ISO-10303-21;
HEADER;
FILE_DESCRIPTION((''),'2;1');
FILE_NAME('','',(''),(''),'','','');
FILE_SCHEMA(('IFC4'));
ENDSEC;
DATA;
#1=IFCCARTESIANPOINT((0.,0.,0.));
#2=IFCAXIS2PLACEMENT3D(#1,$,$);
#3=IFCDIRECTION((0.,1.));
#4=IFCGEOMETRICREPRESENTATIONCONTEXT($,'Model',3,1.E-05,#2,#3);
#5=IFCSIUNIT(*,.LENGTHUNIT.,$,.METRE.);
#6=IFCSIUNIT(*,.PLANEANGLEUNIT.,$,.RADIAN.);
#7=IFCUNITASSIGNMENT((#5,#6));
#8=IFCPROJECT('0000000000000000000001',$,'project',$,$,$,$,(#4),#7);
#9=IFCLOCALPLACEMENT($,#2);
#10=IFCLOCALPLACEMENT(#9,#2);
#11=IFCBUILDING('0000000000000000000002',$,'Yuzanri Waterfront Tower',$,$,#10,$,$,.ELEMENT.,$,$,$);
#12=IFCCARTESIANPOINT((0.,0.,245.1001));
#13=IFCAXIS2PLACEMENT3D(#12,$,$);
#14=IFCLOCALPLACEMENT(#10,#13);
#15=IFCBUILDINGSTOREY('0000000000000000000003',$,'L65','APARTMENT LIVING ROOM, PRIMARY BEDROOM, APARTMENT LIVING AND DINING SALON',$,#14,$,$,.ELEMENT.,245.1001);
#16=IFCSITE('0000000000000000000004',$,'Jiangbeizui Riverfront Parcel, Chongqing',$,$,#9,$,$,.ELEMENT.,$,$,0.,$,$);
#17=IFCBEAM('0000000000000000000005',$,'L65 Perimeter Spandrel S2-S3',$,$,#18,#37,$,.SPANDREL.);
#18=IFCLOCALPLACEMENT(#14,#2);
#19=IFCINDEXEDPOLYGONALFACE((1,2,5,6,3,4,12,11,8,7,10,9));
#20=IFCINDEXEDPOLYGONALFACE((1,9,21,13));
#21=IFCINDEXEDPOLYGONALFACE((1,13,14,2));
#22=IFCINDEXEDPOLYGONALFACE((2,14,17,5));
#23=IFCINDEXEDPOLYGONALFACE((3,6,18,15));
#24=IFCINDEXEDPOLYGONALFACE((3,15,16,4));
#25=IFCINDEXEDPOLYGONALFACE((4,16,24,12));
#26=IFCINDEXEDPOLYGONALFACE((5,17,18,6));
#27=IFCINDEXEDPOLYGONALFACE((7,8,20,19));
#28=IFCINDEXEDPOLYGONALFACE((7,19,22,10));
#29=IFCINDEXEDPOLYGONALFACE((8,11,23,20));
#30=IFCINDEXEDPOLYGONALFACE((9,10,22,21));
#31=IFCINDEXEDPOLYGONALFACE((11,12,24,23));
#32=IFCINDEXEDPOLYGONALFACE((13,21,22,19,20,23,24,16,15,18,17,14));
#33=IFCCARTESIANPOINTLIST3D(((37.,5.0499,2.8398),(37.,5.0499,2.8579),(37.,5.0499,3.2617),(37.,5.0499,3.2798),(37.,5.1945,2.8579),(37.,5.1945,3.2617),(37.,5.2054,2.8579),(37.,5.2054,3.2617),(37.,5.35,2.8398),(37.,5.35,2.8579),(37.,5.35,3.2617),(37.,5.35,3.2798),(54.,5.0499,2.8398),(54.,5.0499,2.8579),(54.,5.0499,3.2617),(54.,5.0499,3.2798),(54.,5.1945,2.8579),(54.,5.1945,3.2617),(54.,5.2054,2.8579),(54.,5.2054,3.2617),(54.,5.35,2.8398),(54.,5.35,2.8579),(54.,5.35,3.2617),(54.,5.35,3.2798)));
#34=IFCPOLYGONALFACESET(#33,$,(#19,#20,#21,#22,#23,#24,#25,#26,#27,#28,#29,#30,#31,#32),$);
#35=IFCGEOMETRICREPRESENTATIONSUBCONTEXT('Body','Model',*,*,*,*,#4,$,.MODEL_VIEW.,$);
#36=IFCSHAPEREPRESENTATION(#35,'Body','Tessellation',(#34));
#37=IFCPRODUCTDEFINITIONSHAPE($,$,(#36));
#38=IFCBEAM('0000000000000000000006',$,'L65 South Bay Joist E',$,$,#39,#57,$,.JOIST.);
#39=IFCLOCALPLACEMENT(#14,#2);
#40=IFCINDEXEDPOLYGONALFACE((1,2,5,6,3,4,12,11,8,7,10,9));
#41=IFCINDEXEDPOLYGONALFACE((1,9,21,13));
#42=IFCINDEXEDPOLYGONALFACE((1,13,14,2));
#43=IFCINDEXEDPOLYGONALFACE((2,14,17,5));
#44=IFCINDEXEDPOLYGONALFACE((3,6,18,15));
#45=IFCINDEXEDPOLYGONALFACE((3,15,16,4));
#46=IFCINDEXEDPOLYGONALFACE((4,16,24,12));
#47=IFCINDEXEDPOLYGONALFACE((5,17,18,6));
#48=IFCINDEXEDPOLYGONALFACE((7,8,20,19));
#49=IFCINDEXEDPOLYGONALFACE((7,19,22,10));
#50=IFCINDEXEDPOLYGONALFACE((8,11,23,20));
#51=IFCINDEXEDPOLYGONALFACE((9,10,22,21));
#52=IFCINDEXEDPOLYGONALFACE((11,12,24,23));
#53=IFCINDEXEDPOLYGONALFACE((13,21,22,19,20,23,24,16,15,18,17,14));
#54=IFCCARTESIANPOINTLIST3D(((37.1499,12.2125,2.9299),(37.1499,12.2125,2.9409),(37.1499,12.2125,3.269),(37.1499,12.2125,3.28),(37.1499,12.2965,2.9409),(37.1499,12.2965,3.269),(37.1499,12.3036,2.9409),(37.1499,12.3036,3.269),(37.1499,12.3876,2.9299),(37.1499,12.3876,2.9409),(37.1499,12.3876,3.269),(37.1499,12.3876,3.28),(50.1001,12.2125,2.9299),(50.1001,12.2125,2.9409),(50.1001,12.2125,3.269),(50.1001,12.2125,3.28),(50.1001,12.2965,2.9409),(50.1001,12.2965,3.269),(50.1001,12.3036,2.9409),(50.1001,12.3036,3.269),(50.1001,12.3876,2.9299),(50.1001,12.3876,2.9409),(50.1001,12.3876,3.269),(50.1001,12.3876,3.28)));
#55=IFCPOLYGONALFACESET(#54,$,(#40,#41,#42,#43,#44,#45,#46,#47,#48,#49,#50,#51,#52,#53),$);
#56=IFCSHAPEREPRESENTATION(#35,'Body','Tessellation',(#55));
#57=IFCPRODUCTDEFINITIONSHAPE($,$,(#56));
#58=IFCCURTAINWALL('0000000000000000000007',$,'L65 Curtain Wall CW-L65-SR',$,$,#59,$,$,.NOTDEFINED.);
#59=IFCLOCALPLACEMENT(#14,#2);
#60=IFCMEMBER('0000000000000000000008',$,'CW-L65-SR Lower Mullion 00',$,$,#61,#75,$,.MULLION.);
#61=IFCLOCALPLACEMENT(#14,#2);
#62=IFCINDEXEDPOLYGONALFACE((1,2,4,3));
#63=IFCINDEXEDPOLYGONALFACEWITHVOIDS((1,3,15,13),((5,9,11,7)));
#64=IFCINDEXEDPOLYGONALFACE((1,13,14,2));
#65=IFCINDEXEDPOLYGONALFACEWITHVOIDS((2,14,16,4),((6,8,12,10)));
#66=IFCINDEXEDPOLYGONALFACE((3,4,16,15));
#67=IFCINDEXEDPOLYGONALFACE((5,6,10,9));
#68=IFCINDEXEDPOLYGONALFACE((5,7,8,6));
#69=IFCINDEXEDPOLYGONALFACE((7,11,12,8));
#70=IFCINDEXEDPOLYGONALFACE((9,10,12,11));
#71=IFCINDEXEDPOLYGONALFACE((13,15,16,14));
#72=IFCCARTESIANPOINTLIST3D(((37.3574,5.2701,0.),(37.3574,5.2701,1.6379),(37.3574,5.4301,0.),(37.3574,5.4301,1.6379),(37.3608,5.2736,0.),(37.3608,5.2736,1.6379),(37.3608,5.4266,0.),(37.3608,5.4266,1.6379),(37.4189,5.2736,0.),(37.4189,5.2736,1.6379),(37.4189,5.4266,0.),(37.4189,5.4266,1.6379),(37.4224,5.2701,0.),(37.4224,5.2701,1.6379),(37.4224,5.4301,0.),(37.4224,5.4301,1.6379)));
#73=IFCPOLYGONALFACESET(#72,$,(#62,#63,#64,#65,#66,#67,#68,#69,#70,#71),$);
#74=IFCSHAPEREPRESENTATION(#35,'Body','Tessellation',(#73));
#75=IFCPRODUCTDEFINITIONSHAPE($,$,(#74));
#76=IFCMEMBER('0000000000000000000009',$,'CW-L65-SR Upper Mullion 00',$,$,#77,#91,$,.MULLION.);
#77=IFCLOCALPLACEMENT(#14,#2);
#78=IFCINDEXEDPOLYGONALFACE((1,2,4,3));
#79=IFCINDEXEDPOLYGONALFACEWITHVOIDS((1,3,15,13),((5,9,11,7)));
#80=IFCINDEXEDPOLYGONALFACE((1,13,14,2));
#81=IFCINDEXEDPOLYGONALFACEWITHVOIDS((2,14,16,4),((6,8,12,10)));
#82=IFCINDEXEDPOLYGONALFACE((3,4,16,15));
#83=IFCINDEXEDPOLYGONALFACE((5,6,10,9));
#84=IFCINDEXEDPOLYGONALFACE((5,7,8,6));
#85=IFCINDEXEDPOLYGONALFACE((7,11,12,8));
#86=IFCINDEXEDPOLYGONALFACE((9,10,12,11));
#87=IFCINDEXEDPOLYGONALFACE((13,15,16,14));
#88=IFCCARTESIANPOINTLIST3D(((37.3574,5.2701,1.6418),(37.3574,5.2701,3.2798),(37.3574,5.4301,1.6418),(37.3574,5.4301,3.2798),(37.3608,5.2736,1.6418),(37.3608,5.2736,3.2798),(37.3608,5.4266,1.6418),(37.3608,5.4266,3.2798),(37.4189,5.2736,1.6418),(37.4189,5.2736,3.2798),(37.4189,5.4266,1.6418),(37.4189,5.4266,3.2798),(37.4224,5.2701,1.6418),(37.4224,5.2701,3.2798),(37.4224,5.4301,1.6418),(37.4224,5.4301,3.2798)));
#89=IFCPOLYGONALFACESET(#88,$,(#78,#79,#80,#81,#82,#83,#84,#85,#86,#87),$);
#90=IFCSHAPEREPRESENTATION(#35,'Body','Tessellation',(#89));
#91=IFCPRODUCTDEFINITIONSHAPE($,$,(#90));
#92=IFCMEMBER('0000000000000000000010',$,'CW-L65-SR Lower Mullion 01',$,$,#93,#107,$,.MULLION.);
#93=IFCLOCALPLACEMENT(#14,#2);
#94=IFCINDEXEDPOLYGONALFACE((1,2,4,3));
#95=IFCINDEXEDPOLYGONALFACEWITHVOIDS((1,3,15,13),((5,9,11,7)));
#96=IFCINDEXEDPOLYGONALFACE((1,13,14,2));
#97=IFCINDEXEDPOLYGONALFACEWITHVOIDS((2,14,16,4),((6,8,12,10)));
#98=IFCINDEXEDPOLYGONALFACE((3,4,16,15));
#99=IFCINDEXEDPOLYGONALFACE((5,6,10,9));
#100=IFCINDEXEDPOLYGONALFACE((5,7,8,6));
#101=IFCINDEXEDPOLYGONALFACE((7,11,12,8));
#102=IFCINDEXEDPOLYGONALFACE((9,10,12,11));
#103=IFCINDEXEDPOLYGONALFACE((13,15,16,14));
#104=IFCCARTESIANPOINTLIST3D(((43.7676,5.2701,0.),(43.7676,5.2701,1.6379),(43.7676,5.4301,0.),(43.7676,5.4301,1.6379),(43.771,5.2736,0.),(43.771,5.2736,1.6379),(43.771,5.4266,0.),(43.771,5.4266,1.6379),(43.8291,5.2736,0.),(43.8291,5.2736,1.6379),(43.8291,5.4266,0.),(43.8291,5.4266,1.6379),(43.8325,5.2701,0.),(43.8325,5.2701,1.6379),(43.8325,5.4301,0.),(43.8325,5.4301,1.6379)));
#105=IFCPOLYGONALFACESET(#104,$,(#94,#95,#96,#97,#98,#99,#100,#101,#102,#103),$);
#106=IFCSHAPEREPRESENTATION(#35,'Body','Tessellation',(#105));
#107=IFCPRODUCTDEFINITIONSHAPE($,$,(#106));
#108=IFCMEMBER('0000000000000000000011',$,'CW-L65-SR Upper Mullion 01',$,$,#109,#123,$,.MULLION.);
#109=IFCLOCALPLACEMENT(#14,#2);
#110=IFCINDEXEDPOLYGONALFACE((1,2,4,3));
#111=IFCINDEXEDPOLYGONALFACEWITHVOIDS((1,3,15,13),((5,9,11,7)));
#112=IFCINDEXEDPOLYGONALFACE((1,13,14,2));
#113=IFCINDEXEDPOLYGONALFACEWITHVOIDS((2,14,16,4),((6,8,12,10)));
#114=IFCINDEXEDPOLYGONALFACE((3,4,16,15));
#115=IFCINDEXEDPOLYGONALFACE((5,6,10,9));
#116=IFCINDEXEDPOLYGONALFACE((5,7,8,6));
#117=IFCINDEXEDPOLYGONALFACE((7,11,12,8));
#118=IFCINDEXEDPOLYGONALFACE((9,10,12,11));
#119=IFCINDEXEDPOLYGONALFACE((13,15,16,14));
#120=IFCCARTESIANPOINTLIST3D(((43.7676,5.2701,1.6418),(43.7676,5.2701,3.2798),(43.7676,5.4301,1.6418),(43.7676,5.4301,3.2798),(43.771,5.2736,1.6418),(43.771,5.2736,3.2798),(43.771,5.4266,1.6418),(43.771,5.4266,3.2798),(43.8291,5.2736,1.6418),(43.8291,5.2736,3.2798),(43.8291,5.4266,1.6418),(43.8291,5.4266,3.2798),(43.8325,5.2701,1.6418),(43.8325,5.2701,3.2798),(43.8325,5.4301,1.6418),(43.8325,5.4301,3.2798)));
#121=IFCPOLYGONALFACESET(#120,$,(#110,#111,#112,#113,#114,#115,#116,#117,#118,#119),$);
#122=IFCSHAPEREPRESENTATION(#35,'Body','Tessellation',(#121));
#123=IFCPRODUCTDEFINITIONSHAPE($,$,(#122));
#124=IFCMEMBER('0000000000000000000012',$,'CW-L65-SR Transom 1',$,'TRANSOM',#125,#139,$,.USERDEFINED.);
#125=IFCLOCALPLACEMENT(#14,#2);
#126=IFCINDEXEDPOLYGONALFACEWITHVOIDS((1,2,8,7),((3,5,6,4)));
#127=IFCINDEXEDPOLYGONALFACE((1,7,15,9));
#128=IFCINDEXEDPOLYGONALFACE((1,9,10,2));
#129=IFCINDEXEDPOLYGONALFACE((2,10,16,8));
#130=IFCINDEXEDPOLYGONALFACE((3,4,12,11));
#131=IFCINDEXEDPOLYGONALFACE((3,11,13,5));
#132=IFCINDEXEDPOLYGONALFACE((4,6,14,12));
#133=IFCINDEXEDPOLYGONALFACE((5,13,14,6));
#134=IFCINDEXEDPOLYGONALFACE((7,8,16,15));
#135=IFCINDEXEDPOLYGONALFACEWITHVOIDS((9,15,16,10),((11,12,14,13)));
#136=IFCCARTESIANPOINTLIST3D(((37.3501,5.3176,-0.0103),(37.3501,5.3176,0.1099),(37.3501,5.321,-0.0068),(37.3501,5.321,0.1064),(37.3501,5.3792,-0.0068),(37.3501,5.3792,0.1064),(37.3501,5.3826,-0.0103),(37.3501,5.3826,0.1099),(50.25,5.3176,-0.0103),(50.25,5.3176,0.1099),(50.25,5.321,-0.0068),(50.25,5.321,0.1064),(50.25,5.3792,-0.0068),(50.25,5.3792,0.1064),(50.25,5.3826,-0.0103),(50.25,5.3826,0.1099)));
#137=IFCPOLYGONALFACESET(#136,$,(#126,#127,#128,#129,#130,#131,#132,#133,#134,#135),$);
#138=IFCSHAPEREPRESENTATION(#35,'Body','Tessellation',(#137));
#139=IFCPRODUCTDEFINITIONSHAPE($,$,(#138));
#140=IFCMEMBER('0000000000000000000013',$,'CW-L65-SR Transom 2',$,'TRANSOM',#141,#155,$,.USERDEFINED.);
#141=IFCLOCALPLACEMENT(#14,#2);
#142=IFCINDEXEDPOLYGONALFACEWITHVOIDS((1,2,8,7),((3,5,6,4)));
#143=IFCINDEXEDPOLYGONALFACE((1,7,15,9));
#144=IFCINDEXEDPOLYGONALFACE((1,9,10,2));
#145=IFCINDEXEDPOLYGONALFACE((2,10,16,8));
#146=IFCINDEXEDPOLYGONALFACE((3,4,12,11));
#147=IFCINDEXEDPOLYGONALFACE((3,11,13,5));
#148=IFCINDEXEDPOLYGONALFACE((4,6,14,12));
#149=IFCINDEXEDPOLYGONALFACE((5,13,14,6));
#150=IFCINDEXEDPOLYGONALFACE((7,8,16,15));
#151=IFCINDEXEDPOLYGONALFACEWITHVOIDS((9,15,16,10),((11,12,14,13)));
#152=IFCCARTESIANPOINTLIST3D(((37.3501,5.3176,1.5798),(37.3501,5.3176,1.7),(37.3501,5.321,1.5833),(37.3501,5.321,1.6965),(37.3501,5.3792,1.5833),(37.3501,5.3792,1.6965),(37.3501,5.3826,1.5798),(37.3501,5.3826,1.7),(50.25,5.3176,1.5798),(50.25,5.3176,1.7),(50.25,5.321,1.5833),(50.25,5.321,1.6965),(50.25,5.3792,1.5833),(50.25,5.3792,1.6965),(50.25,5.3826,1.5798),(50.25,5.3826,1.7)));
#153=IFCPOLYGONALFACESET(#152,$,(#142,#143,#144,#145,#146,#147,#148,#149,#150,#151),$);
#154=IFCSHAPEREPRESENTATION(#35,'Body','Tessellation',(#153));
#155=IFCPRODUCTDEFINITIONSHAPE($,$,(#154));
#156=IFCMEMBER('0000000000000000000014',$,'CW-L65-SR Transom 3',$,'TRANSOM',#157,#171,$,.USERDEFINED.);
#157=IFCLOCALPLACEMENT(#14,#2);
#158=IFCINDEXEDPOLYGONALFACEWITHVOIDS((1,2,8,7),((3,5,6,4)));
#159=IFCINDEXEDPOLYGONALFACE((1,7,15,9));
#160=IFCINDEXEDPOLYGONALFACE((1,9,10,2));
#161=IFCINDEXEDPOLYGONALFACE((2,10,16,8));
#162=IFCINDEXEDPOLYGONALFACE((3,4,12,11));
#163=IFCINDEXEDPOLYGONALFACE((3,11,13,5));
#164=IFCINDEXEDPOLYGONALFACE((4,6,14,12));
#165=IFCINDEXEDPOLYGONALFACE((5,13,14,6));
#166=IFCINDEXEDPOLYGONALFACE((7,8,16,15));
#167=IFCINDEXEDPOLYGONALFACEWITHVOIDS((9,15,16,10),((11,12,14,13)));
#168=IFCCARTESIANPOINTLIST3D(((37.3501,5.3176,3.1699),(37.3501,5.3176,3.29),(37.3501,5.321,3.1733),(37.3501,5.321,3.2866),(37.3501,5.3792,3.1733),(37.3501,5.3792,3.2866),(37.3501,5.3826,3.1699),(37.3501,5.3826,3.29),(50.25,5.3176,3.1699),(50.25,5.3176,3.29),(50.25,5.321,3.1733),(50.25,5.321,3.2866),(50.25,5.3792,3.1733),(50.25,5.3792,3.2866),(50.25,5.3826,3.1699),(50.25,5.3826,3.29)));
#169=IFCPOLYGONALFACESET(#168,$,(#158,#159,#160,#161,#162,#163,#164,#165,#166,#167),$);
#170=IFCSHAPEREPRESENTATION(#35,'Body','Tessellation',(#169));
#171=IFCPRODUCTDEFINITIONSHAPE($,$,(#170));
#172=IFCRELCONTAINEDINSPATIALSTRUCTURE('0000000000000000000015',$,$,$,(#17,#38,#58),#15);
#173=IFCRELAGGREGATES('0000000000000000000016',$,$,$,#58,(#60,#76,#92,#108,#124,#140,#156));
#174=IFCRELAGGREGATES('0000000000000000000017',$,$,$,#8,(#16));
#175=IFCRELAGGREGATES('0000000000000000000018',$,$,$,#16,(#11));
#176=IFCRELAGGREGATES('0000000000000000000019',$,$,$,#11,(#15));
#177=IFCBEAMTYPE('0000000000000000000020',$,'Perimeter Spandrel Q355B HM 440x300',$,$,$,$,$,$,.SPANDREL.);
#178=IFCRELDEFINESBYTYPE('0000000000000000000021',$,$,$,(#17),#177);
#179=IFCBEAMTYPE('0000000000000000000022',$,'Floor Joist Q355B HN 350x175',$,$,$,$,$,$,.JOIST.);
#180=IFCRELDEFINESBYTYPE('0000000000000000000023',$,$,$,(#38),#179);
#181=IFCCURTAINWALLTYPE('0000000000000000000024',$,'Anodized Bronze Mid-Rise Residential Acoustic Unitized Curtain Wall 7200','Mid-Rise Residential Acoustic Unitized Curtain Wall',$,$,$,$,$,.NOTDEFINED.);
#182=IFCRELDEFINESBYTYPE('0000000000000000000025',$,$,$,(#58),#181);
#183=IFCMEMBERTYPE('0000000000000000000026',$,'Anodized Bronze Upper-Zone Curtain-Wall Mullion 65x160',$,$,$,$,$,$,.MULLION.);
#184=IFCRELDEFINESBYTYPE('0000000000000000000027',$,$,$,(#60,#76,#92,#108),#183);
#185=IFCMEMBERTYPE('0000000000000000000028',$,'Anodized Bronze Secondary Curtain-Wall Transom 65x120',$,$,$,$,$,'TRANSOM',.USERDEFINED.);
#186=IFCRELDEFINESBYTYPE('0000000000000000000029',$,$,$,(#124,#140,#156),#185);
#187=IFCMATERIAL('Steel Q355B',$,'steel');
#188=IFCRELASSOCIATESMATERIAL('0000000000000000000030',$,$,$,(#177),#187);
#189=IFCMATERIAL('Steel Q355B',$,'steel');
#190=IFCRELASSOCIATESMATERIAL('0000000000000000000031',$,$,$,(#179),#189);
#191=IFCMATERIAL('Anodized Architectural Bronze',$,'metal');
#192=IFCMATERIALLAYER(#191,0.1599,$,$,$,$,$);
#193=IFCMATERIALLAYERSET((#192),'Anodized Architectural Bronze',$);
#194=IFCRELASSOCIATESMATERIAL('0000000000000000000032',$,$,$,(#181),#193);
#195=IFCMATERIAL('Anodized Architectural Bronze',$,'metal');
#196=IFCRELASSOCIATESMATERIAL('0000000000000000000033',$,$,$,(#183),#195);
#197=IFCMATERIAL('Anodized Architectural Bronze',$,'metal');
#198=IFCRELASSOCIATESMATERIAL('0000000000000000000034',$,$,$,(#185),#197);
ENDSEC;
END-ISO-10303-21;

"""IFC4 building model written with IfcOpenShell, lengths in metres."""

from ifc_helpers import new_model, si_unit, direction, frame, origin, origin_2d, place, context, subcontext, project, spatial, hollow_rectangle, i_section, extrude, source, transform, mapped, material, layer, layer_set, material_profile, profile_set, type_object, element, aggregate, save


model = new_model("IFC4")

# Units and contexts
model_context = context("Model", 3, precision=1e-05, world=origin(), true_north=direction((0.0, 1.0)))
body_context = subcontext(model_context, "Body", "Model", "MODEL_VIEW")
ifc_project = project(units=[si_unit("LENGTHUNIT", "METRE"), si_unit("PLANEANGLEUNIT", "RADIAN")], contexts=[model_context])

# Site, building, storey
site_placement = place(None, origin())
site = spatial("IfcSite", under=ifc_project, at=site_placement, Name="Jiangbeizui Riverfront Parcel, Chongqing", CompositionType="ELEMENT", RefElevation=0.0)
building_placement = place(site_placement, origin())
building = spatial("IfcBuilding", under=site, at=building_placement, Name="Yuzanri Waterfront Tower", CompositionType="ELEMENT")
storey_placement = place(building_placement, frame((0.0, 0.0, 245.1001)))
storey = spatial("IfcBuildingStorey", under=building, at=storey_placement, Name="L65", Description="APARTMENT LIVING ROOM, PRIMARY BEDROOM, APARTMENT LIVING AND DINING SALON", CompositionType="ELEMENT", Elevation=245.1001)

# Beams
ifc_material_1 = material(Name="Steel Q355B", Category="steel")
ifc_material_profile_1 = material_profile(ifc_material_1, i_section(OverallWidth=0.3, OverallDepth=0.4399, WebThickness=0.011, FlangeThickness=0.0181, at=origin_2d()), Name="HM 440x300x11x18")
ifc_profile_set_1 = profile_set([ifc_material_profile_1], Name="Steel Q355B")
beam_type_1 = type_object("IfcBeamType", Name="Perimeter Spandrel Q355B HM 440x300", PredefinedType="SPANDREL", material=ifc_profile_set_1)
shared_shape_1 = source(origin(), body_context, "Body", "SweptSolid", [
    extrude(i_section(OverallWidth=0.3, OverallDepth=0.4399, WebThickness=0.011, FlangeThickness=0.0181, at=origin_2d()), origin(), (0.0, 0.0, 1.0), 17.0),
])
beam_1_placement = place(storey_placement, frame((37.0, 5.2, 3.0598), z_axis=(1.0, 0.0, 0.0), x_axis=(0.0, 1.0, 0.0)))
element("IfcBeam", 1, at=beam_1_placement, inside=storey, type_object=beam_type_1, Name="L65 Perimeter Spandrel S2-S3", PredefinedType="SPANDREL", context=body_context, shape_type="MappedRepresentation", body=[
    mapped(shared_shape_1, transform((0.0, 0.0, 0.0), scale=1.0)),
])
ifc_material_2 = material(Name="Steel Q355B", Category="steel")
ifc_material_profile_2 = material_profile(ifc_material_2, i_section(OverallWidth=0.175, OverallDepth=0.3501, WebThickness=0.0071, FlangeThickness=0.011, at=origin_2d()), Name="HN 350x175x7x11")
ifc_profile_set_2 = profile_set([ifc_material_profile_2], Name="Steel Q355B")
beam_type_2 = type_object("IfcBeamType", Name="Floor Joist Q355B HN 350x175", PredefinedType="JOIST", material=ifc_profile_set_2)
shared_shape_2 = source(origin(), body_context, "Body", "SweptSolid", [
    extrude(i_section(OverallWidth=0.175, OverallDepth=0.3501, WebThickness=0.0071, FlangeThickness=0.011, at=origin_2d()), origin(), (0.0, 0.0, 1.0), 12.9502),
])
beam_2_placement = place(storey_placement, frame((37.1499, 12.3, 3.105), z_axis=(1.0, 0.0, 0.0), x_axis=(0.0, 1.0, 0.0)))
element("IfcBeam", 2, at=beam_2_placement, inside=storey, type_object=beam_type_2, Name="L65 South Bay Joist E", PredefinedType="JOIST", context=body_context, shape_type="MappedRepresentation", body=[
    mapped(shared_shape_2, transform((0.0, 0.0, 0.0), scale=1.0)),
])

# Curtain wall, members
ifc_material_3 = material(Name="Anodized Architectural Bronze", Category="metal")
ifc_layer_1 = layer(ifc_material_3, 0.1599)
ifc_layer_set_1 = layer_set([ifc_layer_1], Name="Anodized Architectural Bronze")
curtain_wall_type = type_object("IfcCurtainWallType", Name="Anodized Bronze Mid-Rise Residential Acoustic Unitized Curtain Wall 7200", Description="Mid-Rise Residential Acoustic Unitized Curtain Wall", PredefinedType="NOTDEFINED", material=ifc_layer_set_1)
curtain_wall_placement = place(storey_placement, origin())
curtain_wall = element("IfcCurtainWall", 3, at=curtain_wall_placement, inside=storey, type_object=curtain_wall_type, Name="L65 Curtain Wall CW-L65-SR", PredefinedType="NOTDEFINED")
ifc_material_4 = material(Name="Anodized Architectural Bronze", Category="metal")
ifc_material_profile_3 = material_profile(ifc_material_4, hollow_rectangle(XDim=0.0649, YDim=0.1599, WallThickness=0.0034, at=origin_2d()), Name="CWM 65x160")
ifc_profile_set_3 = profile_set([ifc_material_profile_3], Name="Anodized Architectural Bronze")
member_type_1 = type_object("IfcMemberType", Name="Anodized Bronze Upper-Zone Curtain-Wall Mullion 65x160", PredefinedType="MULLION", material=ifc_profile_set_3)
shared_shape_3 = source(origin(), body_context, "Body", "SweptSolid", [
    extrude(hollow_rectangle(XDim=0.0649, YDim=0.1599, WallThickness=0.0034, at=origin_2d()), origin(), (0.0, 0.0, 1.0), 1.6379),
])
member_1_placement = place(storey_placement, frame((37.3899, 5.3501, 0.0), z_axis=(0.0, 0.0, 1.0), x_axis=(1.0, 0.0, 0.0)))
member_1 = element("IfcMember", 4, at=member_1_placement, type_object=member_type_1, Name="CW-L65-SR Lower Mullion 00", PredefinedType="MULLION", context=body_context, shape_type="MappedRepresentation", body=[
    mapped(shared_shape_3, transform((0.0, 0.0, 0.0), scale=1.0)),
])
member_2_placement = place(storey_placement, frame((37.3899, 5.3501, 1.6418), z_axis=(0.0, 0.0, 1.0), x_axis=(1.0, 0.0, 0.0)))
member_2 = element("IfcMember", 5, at=member_2_placement, type_object=member_type_1, Name="CW-L65-SR Upper Mullion 00", PredefinedType="MULLION", context=body_context, shape_type="MappedRepresentation", body=[
    mapped(shared_shape_3, transform((0.0, 0.0, 0.0), scale=1.0)),
])
member_3_placement = place(storey_placement, frame((43.8, 5.3501, 0.0), z_axis=(0.0, 0.0, 1.0), x_axis=(1.0, 0.0, 0.0)))
member_3 = element("IfcMember", 6, at=member_3_placement, type_object=member_type_1, Name="CW-L65-SR Lower Mullion 01", PredefinedType="MULLION", context=body_context, shape_type="MappedRepresentation", body=[
    mapped(shared_shape_3, transform((0.0, 0.0, 0.0), scale=1.0)),
])
member_4_placement = place(storey_placement, frame((43.8, 5.3501, 1.6418), z_axis=(0.0, 0.0, 1.0), x_axis=(1.0, 0.0, 0.0)))
member_4 = element("IfcMember", 7, at=member_4_placement, type_object=member_type_1, Name="CW-L65-SR Upper Mullion 01", PredefinedType="MULLION", context=body_context, shape_type="MappedRepresentation", body=[
    mapped(shared_shape_3, transform((0.0, 0.0, 0.0), scale=1.0)),
])
ifc_material_5 = material(Name="Anodized Architectural Bronze", Category="metal")
ifc_material_profile_4 = material_profile(ifc_material_5, hollow_rectangle(XDim=0.0649, YDim=0.1201, WallThickness=0.0034, at=origin_2d()), Name="CWT 65x120")
ifc_profile_set_4 = profile_set([ifc_material_profile_4], Name="Anodized Architectural Bronze")
member_type_2 = type_object("IfcMemberType", Name="Anodized Bronze Secondary Curtain-Wall Transom 65x120", ElementType="TRANSOM", PredefinedType="USERDEFINED", material=ifc_profile_set_4)
shared_shape_4 = source(origin(), body_context, "Body", "SweptSolid", [
    extrude(hollow_rectangle(XDim=0.0649, YDim=0.1201, WallThickness=0.0034, at=origin_2d()), origin(), (0.0, 0.0, 1.0), 12.8999),
])
member_5_placement = place(storey_placement, frame((37.3501, 5.3501, 0.0498), z_axis=(1.0, 0.0, 0.0), x_axis=(0.0, 1.0, 0.0)))
member_5 = element("IfcMember", 8, at=member_5_placement, type_object=member_type_2, Name="CW-L65-SR Transom 1", ObjectType="TRANSOM", PredefinedType="USERDEFINED", context=body_context, shape_type="MappedRepresentation", body=[
    mapped(shared_shape_4, transform((0.0, 0.0, 0.0), scale=1.0)),
])
member_6_placement = place(storey_placement, frame((37.3501, 5.3501, 1.6399), z_axis=(1.0, 0.0, 0.0), x_axis=(0.0, 1.0, 0.0)))
member_6 = element("IfcMember", 9, at=member_6_placement, type_object=member_type_2, Name="CW-L65-SR Transom 2", ObjectType="TRANSOM", PredefinedType="USERDEFINED", context=body_context, shape_type="MappedRepresentation", body=[
    mapped(shared_shape_4, transform((0.0, 0.0, 0.0), scale=1.0)),
])
member_7_placement = place(storey_placement, frame((37.3501, 5.3501, 3.23), z_axis=(1.0, 0.0, 0.0), x_axis=(0.0, 1.0, 0.0)))
member_7 = element("IfcMember", 10, at=member_7_placement, type_object=member_type_2, Name="CW-L65-SR Transom 3", ObjectType="TRANSOM", PredefinedType="USERDEFINED", context=body_context, shape_type="MappedRepresentation", body=[
    mapped(shared_shape_4, transform((0.0, 0.0, 0.0), scale=1.0)),
])
aggregate(curtain_wall, [member_1, member_2, member_3, member_4, member_5, member_6, member_7])

save(model, "model.ifc")
